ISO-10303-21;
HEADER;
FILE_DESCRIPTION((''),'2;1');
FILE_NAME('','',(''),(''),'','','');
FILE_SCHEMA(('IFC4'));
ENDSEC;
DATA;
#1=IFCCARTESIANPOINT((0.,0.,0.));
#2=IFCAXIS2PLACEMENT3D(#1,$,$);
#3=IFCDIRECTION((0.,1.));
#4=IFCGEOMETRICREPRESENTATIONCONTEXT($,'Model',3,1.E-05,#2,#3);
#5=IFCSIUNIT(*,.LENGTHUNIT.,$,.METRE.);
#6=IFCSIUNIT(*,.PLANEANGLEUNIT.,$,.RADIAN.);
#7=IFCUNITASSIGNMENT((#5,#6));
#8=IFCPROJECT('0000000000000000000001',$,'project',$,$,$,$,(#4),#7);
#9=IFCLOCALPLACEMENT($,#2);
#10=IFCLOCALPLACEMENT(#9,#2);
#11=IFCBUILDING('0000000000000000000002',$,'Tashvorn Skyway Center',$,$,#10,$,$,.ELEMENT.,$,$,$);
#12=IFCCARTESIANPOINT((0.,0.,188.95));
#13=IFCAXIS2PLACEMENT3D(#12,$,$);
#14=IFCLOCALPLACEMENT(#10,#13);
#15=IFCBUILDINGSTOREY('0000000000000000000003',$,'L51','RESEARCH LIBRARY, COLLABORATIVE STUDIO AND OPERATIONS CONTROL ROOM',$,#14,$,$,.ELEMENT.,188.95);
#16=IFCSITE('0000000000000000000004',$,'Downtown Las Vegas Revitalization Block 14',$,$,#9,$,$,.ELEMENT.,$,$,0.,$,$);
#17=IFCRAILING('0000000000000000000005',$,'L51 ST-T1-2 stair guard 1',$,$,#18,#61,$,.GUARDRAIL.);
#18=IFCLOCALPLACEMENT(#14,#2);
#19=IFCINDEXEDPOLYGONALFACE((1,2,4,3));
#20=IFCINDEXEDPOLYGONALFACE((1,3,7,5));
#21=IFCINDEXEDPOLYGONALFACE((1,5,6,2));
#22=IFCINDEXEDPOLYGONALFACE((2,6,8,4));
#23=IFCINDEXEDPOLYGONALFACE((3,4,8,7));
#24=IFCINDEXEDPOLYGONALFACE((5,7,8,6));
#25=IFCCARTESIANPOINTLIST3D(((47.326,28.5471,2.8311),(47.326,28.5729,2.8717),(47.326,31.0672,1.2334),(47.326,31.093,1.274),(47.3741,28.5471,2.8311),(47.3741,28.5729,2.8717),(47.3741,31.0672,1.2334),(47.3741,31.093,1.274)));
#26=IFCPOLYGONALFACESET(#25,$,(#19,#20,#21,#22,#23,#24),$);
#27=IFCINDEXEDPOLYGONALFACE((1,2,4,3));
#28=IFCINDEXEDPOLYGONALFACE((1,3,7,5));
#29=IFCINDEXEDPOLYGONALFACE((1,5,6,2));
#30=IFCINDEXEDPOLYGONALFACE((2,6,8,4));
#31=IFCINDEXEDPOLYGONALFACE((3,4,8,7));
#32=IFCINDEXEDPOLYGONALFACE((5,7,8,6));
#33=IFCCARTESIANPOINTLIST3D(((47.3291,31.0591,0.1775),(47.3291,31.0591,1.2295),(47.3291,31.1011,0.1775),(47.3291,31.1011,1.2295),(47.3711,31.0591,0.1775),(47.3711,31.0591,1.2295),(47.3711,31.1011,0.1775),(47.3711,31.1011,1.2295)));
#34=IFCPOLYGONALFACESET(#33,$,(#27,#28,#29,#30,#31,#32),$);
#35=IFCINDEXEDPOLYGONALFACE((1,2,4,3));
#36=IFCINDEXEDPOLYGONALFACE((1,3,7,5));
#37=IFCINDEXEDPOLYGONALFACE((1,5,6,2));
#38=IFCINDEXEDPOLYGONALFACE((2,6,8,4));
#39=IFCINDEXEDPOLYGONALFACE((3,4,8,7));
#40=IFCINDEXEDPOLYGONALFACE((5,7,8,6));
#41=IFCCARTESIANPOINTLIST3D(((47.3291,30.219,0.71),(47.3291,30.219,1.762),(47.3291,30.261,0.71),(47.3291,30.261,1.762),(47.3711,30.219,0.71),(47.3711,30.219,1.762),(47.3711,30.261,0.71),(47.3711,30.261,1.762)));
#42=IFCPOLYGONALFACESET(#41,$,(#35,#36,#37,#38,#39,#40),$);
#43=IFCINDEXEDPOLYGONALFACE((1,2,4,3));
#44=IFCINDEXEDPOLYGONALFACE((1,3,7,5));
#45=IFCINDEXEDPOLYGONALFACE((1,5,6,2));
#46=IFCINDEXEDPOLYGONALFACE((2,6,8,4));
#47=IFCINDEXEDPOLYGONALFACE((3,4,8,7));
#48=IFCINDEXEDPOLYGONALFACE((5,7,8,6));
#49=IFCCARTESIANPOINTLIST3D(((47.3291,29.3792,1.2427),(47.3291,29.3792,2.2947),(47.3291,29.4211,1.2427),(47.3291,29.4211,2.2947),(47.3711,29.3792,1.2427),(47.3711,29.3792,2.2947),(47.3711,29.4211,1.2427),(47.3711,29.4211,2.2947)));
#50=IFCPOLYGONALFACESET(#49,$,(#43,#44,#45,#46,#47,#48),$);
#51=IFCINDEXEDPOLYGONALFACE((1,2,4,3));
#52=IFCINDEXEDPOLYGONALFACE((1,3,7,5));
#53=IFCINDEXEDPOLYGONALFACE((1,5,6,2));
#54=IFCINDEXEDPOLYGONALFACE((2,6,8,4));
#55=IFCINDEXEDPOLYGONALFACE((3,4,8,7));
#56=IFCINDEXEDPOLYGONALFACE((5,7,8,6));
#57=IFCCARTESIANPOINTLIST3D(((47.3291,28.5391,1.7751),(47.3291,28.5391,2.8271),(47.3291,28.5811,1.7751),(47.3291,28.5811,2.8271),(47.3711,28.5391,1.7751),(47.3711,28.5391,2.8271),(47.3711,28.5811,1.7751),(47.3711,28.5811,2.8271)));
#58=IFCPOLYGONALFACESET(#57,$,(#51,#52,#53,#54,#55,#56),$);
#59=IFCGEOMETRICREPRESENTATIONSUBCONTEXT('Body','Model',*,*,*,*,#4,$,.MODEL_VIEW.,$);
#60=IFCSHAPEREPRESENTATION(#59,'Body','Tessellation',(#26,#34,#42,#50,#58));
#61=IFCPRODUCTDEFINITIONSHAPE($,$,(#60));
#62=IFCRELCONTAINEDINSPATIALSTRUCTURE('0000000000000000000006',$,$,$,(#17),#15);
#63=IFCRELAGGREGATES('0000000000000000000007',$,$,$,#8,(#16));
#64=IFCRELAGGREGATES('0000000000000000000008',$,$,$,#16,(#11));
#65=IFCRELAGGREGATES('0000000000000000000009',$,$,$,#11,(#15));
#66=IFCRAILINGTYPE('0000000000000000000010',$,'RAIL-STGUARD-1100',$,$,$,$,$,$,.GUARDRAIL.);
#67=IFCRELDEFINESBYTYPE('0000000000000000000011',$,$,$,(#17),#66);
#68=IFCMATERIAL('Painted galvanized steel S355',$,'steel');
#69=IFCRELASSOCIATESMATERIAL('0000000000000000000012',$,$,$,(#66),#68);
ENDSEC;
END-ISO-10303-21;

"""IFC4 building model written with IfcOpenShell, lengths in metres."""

from ifc_helpers import new_model, si_unit, direction, frame, origin, origin_2d, place, context, subcontext, project, spatial, rectangle, extrude, material, type_object, element, save


model = new_model("IFC4")

# Units and contexts
model_context = context("Model", 3, precision=1e-05, world=origin(), true_north=direction((0.0, 1.0)))
body_context = subcontext(model_context, "Body", "Model", "MODEL_VIEW")
ifc_project = project(units=[si_unit("LENGTHUNIT", "METRE"), si_unit("PLANEANGLEUNIT", "RADIAN")], contexts=[model_context])

# Site, building, storey
site_placement = place(None, origin())
site = spatial("IfcSite", under=ifc_project, at=site_placement, Name="Downtown Las Vegas Revitalization Block 14", CompositionType="ELEMENT", RefElevation=0.0)
building_placement = place(site_placement, origin())
building = spatial("IfcBuilding", under=site, at=building_placement, Name="Tashvorn Skyway Center", CompositionType="ELEMENT")
storey_placement = place(building_placement, frame((0.0, 0.0, 188.95)))
storey = spatial("IfcBuildingStorey", under=building, at=storey_placement, Name="L51", Description="RESEARCH LIBRARY, COLLABORATIVE STUDIO AND OPERATIONS CONTROL ROOM", CompositionType="ELEMENT", Elevation=188.95)

# Railing
ifc_material_1 = material(Name="Painted galvanized steel S355", Category="steel")
railing_type_1 = type_object("IfcRailingType", Name="RAIL-STGUARD-1100", PredefinedType="GUARDRAIL", material=ifc_material_1)
railing_1_placement = place(storey_placement, frame((47.3501, 31.0801, 0.1775)))
element("IfcRailing", 1, at=railing_1_placement, inside=storey, type_object=railing_type_1, Name="L51 ST-T1-2 stair guard 1", PredefinedType="GUARDRAIL", context=body_context, shape_type="SweptSolid", body=[
    extrude(rectangle(XDim=0.0481, YDim=0.0481, at=origin_2d()), frame((0.0, 0.0, 1.0762), z_axis=(0.0, -0.84457, 0.535445), x_axis=(1.0, 0.0, 0.0)), (0.0, 0.0, 1.0), 2.9839),
    extrude(rectangle(XDim=0.042, YDim=0.042, at=origin_2d()), origin(), (0.0, 0.0, 1.0), 1.052),
    extrude(rectangle(XDim=0.042, YDim=0.042, at=origin_2d()), frame((0.0, -0.8401, 0.5325)), (0.0, 0.0, 1.0), 1.052),
    extrude(rectangle(XDim=0.042, YDim=0.042, at=origin_2d()), frame((0.0, -1.6799, 1.0652)), (0.0, 0.0, 1.0), 1.052),
    extrude(rectangle(XDim=0.042, YDim=0.042, at=origin_2d()), frame((0.0, -2.52, 1.5977)), (0.0, 0.0, 1.0), 1.052),
])

save(model, "model.ifc")
